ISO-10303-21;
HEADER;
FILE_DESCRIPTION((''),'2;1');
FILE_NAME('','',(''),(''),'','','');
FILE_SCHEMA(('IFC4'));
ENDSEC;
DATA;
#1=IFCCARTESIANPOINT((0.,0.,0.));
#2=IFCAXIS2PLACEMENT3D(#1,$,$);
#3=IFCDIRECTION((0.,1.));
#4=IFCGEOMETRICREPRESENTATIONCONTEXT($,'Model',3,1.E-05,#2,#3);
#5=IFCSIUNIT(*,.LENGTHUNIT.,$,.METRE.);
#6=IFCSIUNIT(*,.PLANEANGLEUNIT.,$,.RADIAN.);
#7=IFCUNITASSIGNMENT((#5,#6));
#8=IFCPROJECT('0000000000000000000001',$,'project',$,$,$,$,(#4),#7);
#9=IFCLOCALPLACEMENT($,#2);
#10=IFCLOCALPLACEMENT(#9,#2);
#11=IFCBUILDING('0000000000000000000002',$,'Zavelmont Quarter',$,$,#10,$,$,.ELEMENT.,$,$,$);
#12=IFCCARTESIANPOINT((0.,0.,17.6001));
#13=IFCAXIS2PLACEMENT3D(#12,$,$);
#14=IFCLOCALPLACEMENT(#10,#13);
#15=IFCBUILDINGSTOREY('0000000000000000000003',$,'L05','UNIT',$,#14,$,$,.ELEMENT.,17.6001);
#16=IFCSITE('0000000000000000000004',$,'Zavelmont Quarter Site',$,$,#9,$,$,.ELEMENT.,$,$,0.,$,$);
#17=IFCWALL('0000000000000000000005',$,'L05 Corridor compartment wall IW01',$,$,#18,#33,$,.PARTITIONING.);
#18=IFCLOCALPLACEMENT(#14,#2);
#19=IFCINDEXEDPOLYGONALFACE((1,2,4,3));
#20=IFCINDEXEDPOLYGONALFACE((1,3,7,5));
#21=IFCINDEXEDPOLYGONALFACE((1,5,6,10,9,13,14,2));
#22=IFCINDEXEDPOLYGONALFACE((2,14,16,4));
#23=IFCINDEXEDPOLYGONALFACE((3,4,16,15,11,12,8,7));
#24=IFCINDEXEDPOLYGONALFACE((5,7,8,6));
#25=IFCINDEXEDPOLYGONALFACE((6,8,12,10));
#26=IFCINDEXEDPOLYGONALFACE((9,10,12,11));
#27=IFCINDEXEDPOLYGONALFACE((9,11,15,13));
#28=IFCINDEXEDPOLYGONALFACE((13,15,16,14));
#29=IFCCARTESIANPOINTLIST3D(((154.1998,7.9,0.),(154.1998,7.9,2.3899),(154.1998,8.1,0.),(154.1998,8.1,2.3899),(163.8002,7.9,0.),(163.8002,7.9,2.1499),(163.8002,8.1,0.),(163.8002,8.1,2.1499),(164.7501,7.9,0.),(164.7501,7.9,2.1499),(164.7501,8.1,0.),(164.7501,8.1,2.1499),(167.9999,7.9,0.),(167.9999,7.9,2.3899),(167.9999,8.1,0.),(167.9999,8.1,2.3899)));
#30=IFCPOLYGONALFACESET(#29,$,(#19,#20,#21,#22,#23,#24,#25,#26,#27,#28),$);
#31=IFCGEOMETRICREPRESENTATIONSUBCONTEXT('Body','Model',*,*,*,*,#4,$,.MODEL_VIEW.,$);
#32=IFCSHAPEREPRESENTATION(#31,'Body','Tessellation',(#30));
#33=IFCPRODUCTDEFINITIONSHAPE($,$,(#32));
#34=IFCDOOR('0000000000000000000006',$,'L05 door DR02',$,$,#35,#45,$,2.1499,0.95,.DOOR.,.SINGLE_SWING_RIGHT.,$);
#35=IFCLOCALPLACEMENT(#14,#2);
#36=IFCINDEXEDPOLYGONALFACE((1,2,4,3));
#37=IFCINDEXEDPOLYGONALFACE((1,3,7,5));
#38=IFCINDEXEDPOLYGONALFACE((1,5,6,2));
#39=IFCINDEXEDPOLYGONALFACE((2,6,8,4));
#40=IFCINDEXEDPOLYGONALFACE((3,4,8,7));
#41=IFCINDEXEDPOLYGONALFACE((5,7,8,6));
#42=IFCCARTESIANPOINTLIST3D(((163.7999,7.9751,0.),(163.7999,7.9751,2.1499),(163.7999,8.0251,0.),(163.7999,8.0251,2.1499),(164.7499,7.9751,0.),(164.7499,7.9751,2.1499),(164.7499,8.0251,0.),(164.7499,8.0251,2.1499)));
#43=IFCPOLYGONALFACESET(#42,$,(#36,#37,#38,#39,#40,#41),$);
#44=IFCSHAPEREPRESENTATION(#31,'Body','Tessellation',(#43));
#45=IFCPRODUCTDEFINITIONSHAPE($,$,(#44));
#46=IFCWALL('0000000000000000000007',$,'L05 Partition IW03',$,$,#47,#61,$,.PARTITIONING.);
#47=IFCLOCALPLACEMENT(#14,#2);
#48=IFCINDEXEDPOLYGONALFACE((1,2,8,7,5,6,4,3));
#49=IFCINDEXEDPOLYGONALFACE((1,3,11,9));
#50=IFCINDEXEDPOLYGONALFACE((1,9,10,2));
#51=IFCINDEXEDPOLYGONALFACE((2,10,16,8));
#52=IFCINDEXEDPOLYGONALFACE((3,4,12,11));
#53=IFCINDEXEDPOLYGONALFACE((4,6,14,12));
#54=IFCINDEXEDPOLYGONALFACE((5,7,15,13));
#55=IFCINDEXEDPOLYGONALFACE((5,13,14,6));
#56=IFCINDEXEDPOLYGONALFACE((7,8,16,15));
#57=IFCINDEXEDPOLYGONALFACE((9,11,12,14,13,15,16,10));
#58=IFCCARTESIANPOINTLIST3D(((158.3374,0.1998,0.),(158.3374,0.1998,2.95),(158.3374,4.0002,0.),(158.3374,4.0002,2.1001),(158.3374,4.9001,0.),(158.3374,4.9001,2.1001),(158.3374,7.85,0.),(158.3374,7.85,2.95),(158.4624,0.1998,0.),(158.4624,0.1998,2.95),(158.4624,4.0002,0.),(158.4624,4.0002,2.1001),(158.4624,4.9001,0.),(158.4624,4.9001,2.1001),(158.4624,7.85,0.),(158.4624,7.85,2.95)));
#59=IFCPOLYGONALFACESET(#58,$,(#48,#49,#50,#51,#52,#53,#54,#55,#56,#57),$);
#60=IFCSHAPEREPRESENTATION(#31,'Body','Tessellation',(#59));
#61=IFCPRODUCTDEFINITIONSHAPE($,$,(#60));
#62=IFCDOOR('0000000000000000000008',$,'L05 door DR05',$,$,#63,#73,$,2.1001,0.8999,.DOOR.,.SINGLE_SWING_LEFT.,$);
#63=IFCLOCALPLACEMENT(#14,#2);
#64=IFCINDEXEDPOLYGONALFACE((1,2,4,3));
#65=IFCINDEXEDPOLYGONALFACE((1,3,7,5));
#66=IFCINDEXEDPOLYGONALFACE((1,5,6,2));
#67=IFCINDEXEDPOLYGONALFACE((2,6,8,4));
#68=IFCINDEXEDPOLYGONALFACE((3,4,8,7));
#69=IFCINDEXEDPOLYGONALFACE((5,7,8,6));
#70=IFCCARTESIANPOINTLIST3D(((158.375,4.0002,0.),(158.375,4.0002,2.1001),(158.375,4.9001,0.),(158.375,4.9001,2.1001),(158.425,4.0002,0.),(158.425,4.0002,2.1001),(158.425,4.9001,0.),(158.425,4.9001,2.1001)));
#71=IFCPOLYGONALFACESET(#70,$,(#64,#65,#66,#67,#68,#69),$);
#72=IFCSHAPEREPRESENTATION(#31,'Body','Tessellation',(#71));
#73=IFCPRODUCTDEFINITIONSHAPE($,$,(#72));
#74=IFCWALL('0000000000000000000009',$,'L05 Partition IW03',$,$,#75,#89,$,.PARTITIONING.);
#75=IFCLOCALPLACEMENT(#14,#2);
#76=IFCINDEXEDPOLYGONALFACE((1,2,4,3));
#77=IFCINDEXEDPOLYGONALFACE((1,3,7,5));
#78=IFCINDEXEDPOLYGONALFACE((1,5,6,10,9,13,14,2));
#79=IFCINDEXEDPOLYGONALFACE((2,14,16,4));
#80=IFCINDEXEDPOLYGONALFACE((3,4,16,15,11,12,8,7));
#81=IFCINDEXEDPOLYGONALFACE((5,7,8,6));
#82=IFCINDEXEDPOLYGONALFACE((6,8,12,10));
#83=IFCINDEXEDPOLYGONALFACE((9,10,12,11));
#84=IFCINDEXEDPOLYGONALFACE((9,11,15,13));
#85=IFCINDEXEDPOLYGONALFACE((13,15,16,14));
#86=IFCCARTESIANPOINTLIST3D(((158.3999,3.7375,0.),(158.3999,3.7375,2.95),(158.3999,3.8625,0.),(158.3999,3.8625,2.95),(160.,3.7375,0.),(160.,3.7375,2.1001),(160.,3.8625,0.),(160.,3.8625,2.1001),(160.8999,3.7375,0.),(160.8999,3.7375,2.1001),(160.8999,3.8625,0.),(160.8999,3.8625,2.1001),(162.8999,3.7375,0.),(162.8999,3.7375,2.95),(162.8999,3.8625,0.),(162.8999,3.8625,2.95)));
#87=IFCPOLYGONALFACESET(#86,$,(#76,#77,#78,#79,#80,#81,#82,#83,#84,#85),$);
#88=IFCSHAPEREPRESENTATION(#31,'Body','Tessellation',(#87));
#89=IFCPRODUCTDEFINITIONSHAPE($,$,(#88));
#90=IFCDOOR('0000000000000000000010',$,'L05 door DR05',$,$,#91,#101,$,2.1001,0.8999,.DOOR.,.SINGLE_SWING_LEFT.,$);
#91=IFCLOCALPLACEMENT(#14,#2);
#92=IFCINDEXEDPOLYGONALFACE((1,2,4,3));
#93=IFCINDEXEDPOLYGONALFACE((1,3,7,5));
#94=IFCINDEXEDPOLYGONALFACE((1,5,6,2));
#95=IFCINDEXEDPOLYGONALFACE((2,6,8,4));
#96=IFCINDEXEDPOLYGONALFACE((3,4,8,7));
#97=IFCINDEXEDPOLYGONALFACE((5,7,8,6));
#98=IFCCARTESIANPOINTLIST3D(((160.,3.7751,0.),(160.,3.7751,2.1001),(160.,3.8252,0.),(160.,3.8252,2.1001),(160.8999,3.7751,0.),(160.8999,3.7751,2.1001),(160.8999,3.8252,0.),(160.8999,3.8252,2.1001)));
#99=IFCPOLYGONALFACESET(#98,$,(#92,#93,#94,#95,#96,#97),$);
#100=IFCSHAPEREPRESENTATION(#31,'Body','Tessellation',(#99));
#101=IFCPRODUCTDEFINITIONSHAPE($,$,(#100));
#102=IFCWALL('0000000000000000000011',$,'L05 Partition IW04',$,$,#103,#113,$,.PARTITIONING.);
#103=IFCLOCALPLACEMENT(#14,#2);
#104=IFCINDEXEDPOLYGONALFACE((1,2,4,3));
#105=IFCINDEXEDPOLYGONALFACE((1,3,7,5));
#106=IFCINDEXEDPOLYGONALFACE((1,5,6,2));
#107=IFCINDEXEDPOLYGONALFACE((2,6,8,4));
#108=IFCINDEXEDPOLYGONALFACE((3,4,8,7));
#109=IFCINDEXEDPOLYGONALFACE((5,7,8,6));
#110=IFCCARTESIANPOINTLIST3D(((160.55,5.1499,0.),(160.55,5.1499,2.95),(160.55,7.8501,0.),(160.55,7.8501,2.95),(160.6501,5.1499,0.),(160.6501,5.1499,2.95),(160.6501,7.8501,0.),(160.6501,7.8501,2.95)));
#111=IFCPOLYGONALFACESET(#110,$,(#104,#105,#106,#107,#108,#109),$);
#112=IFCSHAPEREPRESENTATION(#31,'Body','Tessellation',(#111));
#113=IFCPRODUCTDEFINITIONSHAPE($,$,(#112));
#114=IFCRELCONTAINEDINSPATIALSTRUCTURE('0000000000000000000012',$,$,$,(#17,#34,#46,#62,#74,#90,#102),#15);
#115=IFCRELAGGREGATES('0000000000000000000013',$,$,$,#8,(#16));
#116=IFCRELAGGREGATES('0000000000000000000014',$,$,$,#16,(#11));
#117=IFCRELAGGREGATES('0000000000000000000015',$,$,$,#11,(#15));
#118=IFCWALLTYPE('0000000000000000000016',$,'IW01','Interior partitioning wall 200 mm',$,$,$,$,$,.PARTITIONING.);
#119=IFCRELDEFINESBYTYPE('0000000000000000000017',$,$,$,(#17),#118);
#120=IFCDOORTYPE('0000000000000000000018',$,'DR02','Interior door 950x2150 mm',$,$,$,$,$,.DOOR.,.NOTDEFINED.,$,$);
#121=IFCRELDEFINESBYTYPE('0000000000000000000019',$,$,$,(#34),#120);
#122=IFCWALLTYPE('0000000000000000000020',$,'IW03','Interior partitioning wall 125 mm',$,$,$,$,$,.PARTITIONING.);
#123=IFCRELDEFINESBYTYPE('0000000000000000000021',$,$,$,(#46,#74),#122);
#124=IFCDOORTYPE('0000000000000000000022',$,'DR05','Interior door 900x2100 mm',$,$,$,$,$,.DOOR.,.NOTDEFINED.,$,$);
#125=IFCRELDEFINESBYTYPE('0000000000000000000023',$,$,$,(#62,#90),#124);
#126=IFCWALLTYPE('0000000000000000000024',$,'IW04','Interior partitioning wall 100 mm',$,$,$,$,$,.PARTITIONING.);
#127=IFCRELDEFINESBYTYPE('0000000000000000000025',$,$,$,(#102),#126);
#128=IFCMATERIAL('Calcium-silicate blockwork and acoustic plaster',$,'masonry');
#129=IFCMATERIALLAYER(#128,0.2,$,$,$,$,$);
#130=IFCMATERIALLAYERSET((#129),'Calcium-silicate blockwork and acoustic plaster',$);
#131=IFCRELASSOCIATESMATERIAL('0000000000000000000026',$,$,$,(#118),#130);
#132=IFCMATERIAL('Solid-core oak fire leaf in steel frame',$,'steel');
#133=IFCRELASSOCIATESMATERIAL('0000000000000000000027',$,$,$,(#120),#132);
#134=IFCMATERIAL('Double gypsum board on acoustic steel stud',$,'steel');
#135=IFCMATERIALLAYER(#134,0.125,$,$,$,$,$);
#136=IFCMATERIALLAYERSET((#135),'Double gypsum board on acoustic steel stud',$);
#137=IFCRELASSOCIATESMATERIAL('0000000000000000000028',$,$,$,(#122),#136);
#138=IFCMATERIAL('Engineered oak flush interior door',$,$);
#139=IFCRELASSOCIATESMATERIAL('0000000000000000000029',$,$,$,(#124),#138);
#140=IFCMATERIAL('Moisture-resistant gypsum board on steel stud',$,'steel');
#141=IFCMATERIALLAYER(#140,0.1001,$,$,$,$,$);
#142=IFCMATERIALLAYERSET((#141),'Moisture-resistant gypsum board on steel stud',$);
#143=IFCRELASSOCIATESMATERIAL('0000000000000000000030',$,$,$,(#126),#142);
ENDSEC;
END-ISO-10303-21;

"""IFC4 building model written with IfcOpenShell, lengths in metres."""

from ifc_helpers import new_model, si_unit, direction, frame, frame_2d, origin, place, context, subcontext, project, spatial, rectangle, extrude, material, layer, layer_set, type_object, element, fill, save


model = new_model("IFC4")

# Units and contexts
model_context = context("Model", 3, precision=1e-05, world=origin(), true_north=direction((0.0, 1.0)))
body_context = subcontext(model_context, "Body", "Model", "MODEL_VIEW")
ifc_project = project(units=[si_unit("LENGTHUNIT", "METRE"), si_unit("PLANEANGLEUNIT", "RADIAN")], contexts=[model_context])

# Site, building, storey
site_placement = place(None, origin())
site = spatial("IfcSite", under=ifc_project, at=site_placement, Name="Zavelmont Quarter Site", CompositionType="ELEMENT", RefElevation=0.0)
building_placement = place(site_placement, origin())
building = spatial("IfcBuilding", under=site, at=building_placement, Name="Zavelmont Quarter", CompositionType="ELEMENT")
storey_placement = place(building_placement, frame((0.0, 0.0, 17.6001)))
storey = spatial("IfcBuildingStorey", under=building, at=storey_placement, Name="L05", Description="UNIT", CompositionType="ELEMENT", Elevation=17.6001)

# Shared definitions
ifc_material_1 = material(Name="Calcium-silicate blockwork and acoustic plaster", Category="masonry")
ifc_layer_1 = layer(ifc_material_1, 0.2)
ifc_layer_set_1 = layer_set([ifc_layer_1], Name="Calcium-silicate blockwork and acoustic plaster")
wall_type_1 = type_object("IfcWallType", Name="IW01", Description="Interior partitioning wall 200 mm", PredefinedType="PARTITIONING", material=ifc_layer_set_1)

# Walls, openings, doors
wall_1_placement = place(storey_placement, frame((154.2, 8.0, 0.0), z_axis=(0.0, 0.0, 1.0), x_axis=(1.0, 0.0, 0.0)))
wall_1 = element("IfcWall", 1, at=wall_1_placement, inside=storey, type_object=wall_type_1, Name="L05 Corridor compartment wall IW01", PredefinedType="PARTITIONING", context=body_context, shape_type="SweptSolid", body=[
    extrude(rectangle(XDim=13.8, YDim=0.2, at=frame_2d((6.8999, 0.0))), origin(), (0.0, 0.0, 1.0), 2.3899),
])
opening_1_placement = place(wall_1_placement, frame((9.6001, 0.0, 0.0)))
opening_1 = element("IfcOpeningElement", 2, at=opening_1_placement, cuts=wall_1, PredefinedType="OPENING", context=body_context, shape_type="SweptSolid", body=[
    extrude(rectangle(XDim=0.95, YDim=2.1499, at=frame_2d((0.4751, 1.075))), frame((0.0, 0.1118, 0.0), z_axis=(0.0, -1.0, 0.0), x_axis=(1.0, 0.0, 0.0)), (0.0, 0.0, 1.0), 0.2239),
])
ifc_material_2 = material(Name="Solid-core oak fire leaf in steel frame", Category="steel")
door_type_1 = type_object("IfcDoorType", Name="DR02", Description="Interior door 950x2150 mm", OperationType="NOTDEFINED", PredefinedType="DOOR", material=ifc_material_2)
door_1_placement = place(opening_1_placement, frame((0.95, 0.0, 0.0), z_axis=(0.0, 0.0, 1.0), x_axis=(-1.0, 0.0, 0.0)))
door_1 = element("IfcDoor", 3, at=door_1_placement, inside=storey, type_object=door_type_1, Name="L05 door DR02", OperationType="SINGLE_SWING_RIGHT", OverallHeight=2.1499, OverallWidth=0.95, PredefinedType="DOOR", context=body_context, shape_type="SweptSolid", body=[
    extrude(rectangle(XDim=0.95, YDim=2.1499, at=frame_2d((0.4751, 1.075))), frame((0.0, 0.0249, 0.0), z_axis=(0.0, -1.0, 0.0), x_axis=(1.0, 0.0, 0.0)), (0.0, 0.0, 1.0), 0.05),
])
fill(opening_1, door_1)
ifc_material_3 = material(Name="Double gypsum board on acoustic steel stud", Category="steel")
ifc_layer_2 = layer(ifc_material_3, 0.125)
ifc_layer_set_2 = layer_set([ifc_layer_2], Name="Double gypsum board on acoustic steel stud")
wall_type_2 = type_object("IfcWallType", Name="IW03", Description="Interior partitioning wall 125 mm", PredefinedType="PARTITIONING", material=ifc_layer_set_2)
wall_2_placement = place(storey_placement, frame((158.3999, 7.8501, 0.0), z_axis=(0.0, 0.0, 1.0), x_axis=(0.0, -1.0, 0.0)))
wall_2 = element("IfcWall", 4, at=wall_2_placement, inside=storey, type_object=wall_type_2, Name="L05 Partition IW03", PredefinedType="PARTITIONING", context=body_context, shape_type="SweptSolid", body=[
    extrude(rectangle(XDim=7.6501, YDim=0.125, at=frame_2d((3.8252, 0.0))), origin(), (0.0, 0.0, 1.0), 2.95),
])
opening_2_placement = place(wall_2_placement, frame((2.95, 0.0, 0.0)))
opening_2 = element("IfcOpeningElement", 5, at=opening_2_placement, cuts=wall_2, PredefinedType="OPENING", context=body_context, shape_type="SweptSolid", body=[
    extrude(rectangle(XDim=0.8999, YDim=2.1001, at=frame_2d((0.45, 1.05))), frame((0.0, 0.0745, 0.0), z_axis=(0.0, -1.0, 0.0), x_axis=(1.0, 0.0, 0.0)), (0.0, 0.0, 1.0), 0.1489),
])
ifc_material_4 = material(Name="Engineered oak flush interior door")
door_type_2 = type_object("IfcDoorType", Name="DR05", Description="Interior door 900x2100 mm", OperationType="NOTDEFINED", PredefinedType="DOOR", material=ifc_material_4)
door_2_placement = place(opening_2_placement, frame((0.8999, 0.0, 0.0), z_axis=(0.0, 0.0, 1.0), x_axis=(-1.0, 0.0, 0.0)))
door_2 = element("IfcDoor", 6, at=door_2_placement, inside=storey, type_object=door_type_2, Name="L05 door DR05", OperationType="SINGLE_SWING_LEFT", OverallHeight=2.1001, OverallWidth=0.8999, PredefinedType="DOOR", context=body_context, shape_type="SweptSolid", body=[
    extrude(rectangle(XDim=0.8999, YDim=2.1001, at=frame_2d((0.45, 1.05))), frame((0.0, 0.0249, 0.0), z_axis=(0.0, -1.0, 0.0), x_axis=(1.0, 0.0, 0.0)), (0.0, 0.0, 1.0), 0.05),
])
fill(opening_2, door_2)
wall_3_placement = place(storey_placement, frame((158.3999, 3.8, 0.0), z_axis=(0.0, 0.0, 1.0), x_axis=(1.0, 0.0, 0.0)))
wall_3 = element("IfcWall", 7, at=wall_3_placement, inside=storey, type_object=wall_type_2, Name="L05 Partition IW03", PredefinedType="PARTITIONING", context=body_context, shape_type="SweptSolid", body=[
    extrude(rectangle(XDim=4.5, YDim=0.125, at=frame_2d((2.25, 0.0))), origin(), (0.0, 0.0, 1.0), 2.95),
])
opening_3_placement = place(wall_3_placement, frame((1.6001, 0.0, 0.0)))
opening_3 = element("IfcOpeningElement", 8, at=opening_3_placement, cuts=wall_3, PredefinedType="OPENING", context=body_context, shape_type="SweptSolid", body=[
    extrude(rectangle(XDim=0.8999, YDim=2.1001, at=frame_2d((0.45, 1.05))), frame((0.0, 0.0745, 0.0), z_axis=(0.0, -1.0, 0.0), x_axis=(1.0, 0.0, 0.0)), (0.0, 0.0, 1.0), 0.1489),
])
door_3_placement = place(opening_3_placement, frame((0.8999, 0.0, 0.0), z_axis=(0.0, 0.0, 1.0), x_axis=(-1.0, 0.0, 0.0)))
door_3 = element("IfcDoor", 9, at=door_3_placement, inside=storey, type_object=door_type_2, Name="L05 door DR05", OperationType="SINGLE_SWING_LEFT", OverallHeight=2.1001, OverallWidth=0.8999, PredefinedType="DOOR", context=body_context, shape_type="SweptSolid", body=[
    extrude(rectangle(XDim=0.8999, YDim=2.1001, at=frame_2d((0.45, 1.05))), frame((0.0, 0.0249, 0.0), z_axis=(0.0, -1.0, 0.0), x_axis=(1.0, 0.0, 0.0)), (0.0, 0.0, 1.0), 0.05),
])
fill(opening_3, door_3)

# Wall
ifc_material_5 = material(Name="Moisture-resistant gypsum board on steel stud", Category="steel")
ifc_layer_3 = layer(ifc_material_5, 0.1001)
ifc_layer_set_3 = layer_set([ifc_layer_3], Name="Moisture-resistant gypsum board on steel stud")
wall_type_3 = type_object("IfcWallType", Name="IW04", Description="Interior partitioning wall 100 mm", PredefinedType="PARTITIONING", material=ifc_layer_set_3)
wall_4_placement = place(storey_placement, frame((160.6001, 7.8501, 0.0), z_axis=(0.0, 0.0, 1.0), x_axis=(0.0, -1.0, 0.0)))
element("IfcWall", 10, at=wall_4_placement, inside=storey, type_object=wall_type_3, Name="L05 Partition IW04", PredefinedType="PARTITIONING", context=body_context, shape_type="SweptSolid", body=[
    extrude(rectangle(XDim=2.7002, YDim=0.1001, at=frame_2d((1.3501, 0.0))), origin(), (0.0, 0.0, 1.0), 2.95),
])

save(model, "model.ifc")
